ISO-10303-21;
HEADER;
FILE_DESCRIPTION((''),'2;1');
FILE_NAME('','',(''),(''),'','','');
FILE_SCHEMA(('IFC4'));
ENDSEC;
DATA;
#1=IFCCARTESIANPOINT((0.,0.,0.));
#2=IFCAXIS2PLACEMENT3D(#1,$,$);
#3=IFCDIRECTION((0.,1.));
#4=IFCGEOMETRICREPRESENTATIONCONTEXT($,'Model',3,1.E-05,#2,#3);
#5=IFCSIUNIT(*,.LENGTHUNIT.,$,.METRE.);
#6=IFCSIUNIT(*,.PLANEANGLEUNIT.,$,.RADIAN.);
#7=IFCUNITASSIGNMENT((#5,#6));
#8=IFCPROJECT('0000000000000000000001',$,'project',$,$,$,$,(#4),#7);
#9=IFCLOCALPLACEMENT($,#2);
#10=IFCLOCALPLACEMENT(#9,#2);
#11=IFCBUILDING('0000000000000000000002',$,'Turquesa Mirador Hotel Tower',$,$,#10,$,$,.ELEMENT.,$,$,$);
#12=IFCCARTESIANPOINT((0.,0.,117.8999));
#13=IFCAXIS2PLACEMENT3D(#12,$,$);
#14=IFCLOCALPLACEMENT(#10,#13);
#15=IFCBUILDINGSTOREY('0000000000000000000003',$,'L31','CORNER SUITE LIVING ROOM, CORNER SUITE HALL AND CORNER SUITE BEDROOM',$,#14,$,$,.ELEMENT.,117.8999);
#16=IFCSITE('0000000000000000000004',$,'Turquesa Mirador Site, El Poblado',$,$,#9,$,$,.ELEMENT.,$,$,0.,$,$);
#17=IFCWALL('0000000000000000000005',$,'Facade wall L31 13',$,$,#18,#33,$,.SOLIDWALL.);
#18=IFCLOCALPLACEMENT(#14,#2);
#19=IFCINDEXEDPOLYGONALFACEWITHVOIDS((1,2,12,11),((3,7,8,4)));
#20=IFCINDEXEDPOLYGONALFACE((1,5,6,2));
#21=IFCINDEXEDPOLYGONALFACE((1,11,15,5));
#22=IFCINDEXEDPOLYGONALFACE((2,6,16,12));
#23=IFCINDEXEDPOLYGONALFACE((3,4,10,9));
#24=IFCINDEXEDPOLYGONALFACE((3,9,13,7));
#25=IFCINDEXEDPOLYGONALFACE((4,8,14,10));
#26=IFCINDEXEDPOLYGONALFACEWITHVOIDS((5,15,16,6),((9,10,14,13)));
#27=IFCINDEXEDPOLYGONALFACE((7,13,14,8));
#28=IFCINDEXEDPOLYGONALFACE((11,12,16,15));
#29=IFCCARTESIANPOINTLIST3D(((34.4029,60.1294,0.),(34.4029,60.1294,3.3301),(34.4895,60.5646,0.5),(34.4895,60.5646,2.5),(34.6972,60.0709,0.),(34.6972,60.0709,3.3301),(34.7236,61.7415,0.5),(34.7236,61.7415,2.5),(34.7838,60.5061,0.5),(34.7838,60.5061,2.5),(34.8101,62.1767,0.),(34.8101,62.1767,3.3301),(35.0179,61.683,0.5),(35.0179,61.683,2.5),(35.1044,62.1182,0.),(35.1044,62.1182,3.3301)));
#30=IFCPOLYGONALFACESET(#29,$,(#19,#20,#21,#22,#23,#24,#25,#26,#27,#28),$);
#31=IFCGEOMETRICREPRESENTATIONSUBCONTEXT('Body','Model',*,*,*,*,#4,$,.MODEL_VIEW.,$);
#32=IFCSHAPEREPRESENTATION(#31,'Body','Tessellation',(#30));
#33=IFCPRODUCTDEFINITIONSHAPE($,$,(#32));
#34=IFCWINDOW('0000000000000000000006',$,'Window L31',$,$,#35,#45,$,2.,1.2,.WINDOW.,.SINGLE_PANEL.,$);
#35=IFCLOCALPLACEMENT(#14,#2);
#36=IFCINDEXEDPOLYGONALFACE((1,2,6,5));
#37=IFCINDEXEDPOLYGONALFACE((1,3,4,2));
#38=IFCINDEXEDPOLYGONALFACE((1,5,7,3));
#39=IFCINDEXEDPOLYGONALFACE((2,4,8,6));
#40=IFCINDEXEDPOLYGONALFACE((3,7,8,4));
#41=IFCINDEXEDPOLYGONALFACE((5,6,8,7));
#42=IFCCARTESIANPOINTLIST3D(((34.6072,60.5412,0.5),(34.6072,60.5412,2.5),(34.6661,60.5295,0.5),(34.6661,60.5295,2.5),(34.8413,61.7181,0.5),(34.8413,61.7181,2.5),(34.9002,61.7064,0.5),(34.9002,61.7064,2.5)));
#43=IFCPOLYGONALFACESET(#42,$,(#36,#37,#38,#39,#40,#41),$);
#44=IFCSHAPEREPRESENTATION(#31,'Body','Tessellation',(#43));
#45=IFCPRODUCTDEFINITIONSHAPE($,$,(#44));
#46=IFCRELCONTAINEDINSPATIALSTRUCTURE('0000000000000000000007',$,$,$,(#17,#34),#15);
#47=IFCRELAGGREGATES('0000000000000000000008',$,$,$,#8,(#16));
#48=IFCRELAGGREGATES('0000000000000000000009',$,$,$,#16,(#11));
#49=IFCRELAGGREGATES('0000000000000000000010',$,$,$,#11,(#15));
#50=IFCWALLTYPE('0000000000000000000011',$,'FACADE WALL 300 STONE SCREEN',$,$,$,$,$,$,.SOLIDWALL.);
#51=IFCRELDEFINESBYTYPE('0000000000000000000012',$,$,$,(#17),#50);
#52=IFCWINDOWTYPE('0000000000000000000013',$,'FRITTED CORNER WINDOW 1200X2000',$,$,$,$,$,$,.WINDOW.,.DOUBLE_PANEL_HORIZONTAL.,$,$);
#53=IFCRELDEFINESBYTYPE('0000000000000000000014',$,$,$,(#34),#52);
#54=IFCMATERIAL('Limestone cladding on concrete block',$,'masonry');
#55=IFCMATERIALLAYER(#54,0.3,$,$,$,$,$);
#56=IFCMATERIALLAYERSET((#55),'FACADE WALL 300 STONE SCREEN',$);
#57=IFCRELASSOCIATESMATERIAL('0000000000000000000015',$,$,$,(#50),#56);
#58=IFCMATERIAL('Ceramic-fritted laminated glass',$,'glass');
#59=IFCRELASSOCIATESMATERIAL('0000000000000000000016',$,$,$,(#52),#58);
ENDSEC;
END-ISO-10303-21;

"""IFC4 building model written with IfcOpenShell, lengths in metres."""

from ifc_helpers import new_model, si_unit, direction, frame, frame_2d, origin, place, context, subcontext, project, spatial, rectangle, extrude, material, layer, layer_set, type_object, element, fill, save


model = new_model("IFC4")

# Units and contexts
model_context = context("Model", 3, precision=1e-05, world=origin(), true_north=direction((0.0, 1.0)))
body_context = subcontext(model_context, "Body", "Model", "MODEL_VIEW")
ifc_project = project(units=[si_unit("LENGTHUNIT", "METRE"), si_unit("PLANEANGLEUNIT", "RADIAN")], contexts=[model_context])

# Site, building, storey
site_placement = place(None, origin())
site = spatial("IfcSite", under=ifc_project, at=site_placement, Name="Turquesa Mirador Site, El Poblado", CompositionType="ELEMENT", RefElevation=0.0)
building_placement = place(site_placement, origin())
building = spatial("IfcBuilding", under=site, at=building_placement, Name="Turquesa Mirador Hotel Tower", CompositionType="ELEMENT")
storey_placement = place(building_placement, frame((0.0, 0.0, 117.8999)))
storey = spatial("IfcBuildingStorey", under=building, at=storey_placement, Name="L31", Description="CORNER SUITE LIVING ROOM, CORNER SUITE HALL AND CORNER SUITE BEDROOM", CompositionType="ELEMENT", Elevation=117.8999)

# Wall, opening, window
ifc_material_1 = material(Name="Limestone cladding on concrete block", Category="masonry")
ifc_layer = layer(ifc_material_1, 0.3)
ifc_layer_set = layer_set([ifc_layer], Name="FACADE WALL 300 STONE SCREEN")
wall_type = type_object("IfcWallType", Name="FACADE WALL 300 STONE SCREEN", PredefinedType="SOLIDWALL", material=ifc_layer_set)
ifc_material_2 = material(Name="Ceramic-fritted laminated glass", Category="glass")
window_type_1 = type_object("IfcWindowType", Name="FRITTED CORNER WINDOW 1200X2000", PartitioningType="DOUBLE_PANEL_HORIZONTAL", PredefinedType="WINDOW", material=ifc_material_2)
wall_1_placement = place(storey_placement, frame((34.9573, 62.1475, 0.0), z_axis=(0.0, 0.0, 1.0), x_axis=(-0.195081, -0.980787, 0.0)))
wall_1 = element("IfcWall", 1, at=wall_1_placement, inside=storey, type_object=wall_type, Name="Facade wall L31 13", PredefinedType="SOLIDWALL", context=body_context, shape_type="SweptSolid", body=[
    extrude(rectangle(XDim=2.0874, YDim=0.3, at=frame_2d((1.0437, 0.0))), origin(), (0.0, 0.0, 1.0), 3.3301),
])
opening_1_placement = place(wall_1_placement, frame((0.4436, 0.0, 0.5)))
opening_1 = element("IfcOpeningElement", 2, at=opening_1_placement, cuts=wall_1, PredefinedType="OPENING", context=body_context, shape_type="SweptSolid", body=[
    extrude(rectangle(XDim=1.2, YDim=2.0, at=frame_2d((0.6001, 1.0))), frame((0.0, 0.1599, 0.0), z_axis=(0.0, -1.0, 0.0), x_axis=(1.0, 0.0, 0.0)), (0.0, 0.0, 1.0), 0.3201),
])
window_1_placement = place(opening_1_placement, origin())
window_1 = element("IfcWindow", 3, at=window_1_placement, inside=storey, type_object=window_type_1, Name="Window L31", OverallHeight=2.0, OverallWidth=1.2, PartitioningType="SINGLE_PANEL", PredefinedType="WINDOW", context=body_context, shape_type="SweptSolid", body=[
    extrude(rectangle(XDim=1.2, YDim=2.0, at=frame_2d((0.6001, 1.0))), frame((0.0, 0.03, 0.0), z_axis=(0.0, -1.0, 0.0), x_axis=(1.0, 0.0, 0.0)), (0.0, 0.0, 1.0), 0.0601),
])
fill(opening_1, window_1)

save(model, "model.ifc")
